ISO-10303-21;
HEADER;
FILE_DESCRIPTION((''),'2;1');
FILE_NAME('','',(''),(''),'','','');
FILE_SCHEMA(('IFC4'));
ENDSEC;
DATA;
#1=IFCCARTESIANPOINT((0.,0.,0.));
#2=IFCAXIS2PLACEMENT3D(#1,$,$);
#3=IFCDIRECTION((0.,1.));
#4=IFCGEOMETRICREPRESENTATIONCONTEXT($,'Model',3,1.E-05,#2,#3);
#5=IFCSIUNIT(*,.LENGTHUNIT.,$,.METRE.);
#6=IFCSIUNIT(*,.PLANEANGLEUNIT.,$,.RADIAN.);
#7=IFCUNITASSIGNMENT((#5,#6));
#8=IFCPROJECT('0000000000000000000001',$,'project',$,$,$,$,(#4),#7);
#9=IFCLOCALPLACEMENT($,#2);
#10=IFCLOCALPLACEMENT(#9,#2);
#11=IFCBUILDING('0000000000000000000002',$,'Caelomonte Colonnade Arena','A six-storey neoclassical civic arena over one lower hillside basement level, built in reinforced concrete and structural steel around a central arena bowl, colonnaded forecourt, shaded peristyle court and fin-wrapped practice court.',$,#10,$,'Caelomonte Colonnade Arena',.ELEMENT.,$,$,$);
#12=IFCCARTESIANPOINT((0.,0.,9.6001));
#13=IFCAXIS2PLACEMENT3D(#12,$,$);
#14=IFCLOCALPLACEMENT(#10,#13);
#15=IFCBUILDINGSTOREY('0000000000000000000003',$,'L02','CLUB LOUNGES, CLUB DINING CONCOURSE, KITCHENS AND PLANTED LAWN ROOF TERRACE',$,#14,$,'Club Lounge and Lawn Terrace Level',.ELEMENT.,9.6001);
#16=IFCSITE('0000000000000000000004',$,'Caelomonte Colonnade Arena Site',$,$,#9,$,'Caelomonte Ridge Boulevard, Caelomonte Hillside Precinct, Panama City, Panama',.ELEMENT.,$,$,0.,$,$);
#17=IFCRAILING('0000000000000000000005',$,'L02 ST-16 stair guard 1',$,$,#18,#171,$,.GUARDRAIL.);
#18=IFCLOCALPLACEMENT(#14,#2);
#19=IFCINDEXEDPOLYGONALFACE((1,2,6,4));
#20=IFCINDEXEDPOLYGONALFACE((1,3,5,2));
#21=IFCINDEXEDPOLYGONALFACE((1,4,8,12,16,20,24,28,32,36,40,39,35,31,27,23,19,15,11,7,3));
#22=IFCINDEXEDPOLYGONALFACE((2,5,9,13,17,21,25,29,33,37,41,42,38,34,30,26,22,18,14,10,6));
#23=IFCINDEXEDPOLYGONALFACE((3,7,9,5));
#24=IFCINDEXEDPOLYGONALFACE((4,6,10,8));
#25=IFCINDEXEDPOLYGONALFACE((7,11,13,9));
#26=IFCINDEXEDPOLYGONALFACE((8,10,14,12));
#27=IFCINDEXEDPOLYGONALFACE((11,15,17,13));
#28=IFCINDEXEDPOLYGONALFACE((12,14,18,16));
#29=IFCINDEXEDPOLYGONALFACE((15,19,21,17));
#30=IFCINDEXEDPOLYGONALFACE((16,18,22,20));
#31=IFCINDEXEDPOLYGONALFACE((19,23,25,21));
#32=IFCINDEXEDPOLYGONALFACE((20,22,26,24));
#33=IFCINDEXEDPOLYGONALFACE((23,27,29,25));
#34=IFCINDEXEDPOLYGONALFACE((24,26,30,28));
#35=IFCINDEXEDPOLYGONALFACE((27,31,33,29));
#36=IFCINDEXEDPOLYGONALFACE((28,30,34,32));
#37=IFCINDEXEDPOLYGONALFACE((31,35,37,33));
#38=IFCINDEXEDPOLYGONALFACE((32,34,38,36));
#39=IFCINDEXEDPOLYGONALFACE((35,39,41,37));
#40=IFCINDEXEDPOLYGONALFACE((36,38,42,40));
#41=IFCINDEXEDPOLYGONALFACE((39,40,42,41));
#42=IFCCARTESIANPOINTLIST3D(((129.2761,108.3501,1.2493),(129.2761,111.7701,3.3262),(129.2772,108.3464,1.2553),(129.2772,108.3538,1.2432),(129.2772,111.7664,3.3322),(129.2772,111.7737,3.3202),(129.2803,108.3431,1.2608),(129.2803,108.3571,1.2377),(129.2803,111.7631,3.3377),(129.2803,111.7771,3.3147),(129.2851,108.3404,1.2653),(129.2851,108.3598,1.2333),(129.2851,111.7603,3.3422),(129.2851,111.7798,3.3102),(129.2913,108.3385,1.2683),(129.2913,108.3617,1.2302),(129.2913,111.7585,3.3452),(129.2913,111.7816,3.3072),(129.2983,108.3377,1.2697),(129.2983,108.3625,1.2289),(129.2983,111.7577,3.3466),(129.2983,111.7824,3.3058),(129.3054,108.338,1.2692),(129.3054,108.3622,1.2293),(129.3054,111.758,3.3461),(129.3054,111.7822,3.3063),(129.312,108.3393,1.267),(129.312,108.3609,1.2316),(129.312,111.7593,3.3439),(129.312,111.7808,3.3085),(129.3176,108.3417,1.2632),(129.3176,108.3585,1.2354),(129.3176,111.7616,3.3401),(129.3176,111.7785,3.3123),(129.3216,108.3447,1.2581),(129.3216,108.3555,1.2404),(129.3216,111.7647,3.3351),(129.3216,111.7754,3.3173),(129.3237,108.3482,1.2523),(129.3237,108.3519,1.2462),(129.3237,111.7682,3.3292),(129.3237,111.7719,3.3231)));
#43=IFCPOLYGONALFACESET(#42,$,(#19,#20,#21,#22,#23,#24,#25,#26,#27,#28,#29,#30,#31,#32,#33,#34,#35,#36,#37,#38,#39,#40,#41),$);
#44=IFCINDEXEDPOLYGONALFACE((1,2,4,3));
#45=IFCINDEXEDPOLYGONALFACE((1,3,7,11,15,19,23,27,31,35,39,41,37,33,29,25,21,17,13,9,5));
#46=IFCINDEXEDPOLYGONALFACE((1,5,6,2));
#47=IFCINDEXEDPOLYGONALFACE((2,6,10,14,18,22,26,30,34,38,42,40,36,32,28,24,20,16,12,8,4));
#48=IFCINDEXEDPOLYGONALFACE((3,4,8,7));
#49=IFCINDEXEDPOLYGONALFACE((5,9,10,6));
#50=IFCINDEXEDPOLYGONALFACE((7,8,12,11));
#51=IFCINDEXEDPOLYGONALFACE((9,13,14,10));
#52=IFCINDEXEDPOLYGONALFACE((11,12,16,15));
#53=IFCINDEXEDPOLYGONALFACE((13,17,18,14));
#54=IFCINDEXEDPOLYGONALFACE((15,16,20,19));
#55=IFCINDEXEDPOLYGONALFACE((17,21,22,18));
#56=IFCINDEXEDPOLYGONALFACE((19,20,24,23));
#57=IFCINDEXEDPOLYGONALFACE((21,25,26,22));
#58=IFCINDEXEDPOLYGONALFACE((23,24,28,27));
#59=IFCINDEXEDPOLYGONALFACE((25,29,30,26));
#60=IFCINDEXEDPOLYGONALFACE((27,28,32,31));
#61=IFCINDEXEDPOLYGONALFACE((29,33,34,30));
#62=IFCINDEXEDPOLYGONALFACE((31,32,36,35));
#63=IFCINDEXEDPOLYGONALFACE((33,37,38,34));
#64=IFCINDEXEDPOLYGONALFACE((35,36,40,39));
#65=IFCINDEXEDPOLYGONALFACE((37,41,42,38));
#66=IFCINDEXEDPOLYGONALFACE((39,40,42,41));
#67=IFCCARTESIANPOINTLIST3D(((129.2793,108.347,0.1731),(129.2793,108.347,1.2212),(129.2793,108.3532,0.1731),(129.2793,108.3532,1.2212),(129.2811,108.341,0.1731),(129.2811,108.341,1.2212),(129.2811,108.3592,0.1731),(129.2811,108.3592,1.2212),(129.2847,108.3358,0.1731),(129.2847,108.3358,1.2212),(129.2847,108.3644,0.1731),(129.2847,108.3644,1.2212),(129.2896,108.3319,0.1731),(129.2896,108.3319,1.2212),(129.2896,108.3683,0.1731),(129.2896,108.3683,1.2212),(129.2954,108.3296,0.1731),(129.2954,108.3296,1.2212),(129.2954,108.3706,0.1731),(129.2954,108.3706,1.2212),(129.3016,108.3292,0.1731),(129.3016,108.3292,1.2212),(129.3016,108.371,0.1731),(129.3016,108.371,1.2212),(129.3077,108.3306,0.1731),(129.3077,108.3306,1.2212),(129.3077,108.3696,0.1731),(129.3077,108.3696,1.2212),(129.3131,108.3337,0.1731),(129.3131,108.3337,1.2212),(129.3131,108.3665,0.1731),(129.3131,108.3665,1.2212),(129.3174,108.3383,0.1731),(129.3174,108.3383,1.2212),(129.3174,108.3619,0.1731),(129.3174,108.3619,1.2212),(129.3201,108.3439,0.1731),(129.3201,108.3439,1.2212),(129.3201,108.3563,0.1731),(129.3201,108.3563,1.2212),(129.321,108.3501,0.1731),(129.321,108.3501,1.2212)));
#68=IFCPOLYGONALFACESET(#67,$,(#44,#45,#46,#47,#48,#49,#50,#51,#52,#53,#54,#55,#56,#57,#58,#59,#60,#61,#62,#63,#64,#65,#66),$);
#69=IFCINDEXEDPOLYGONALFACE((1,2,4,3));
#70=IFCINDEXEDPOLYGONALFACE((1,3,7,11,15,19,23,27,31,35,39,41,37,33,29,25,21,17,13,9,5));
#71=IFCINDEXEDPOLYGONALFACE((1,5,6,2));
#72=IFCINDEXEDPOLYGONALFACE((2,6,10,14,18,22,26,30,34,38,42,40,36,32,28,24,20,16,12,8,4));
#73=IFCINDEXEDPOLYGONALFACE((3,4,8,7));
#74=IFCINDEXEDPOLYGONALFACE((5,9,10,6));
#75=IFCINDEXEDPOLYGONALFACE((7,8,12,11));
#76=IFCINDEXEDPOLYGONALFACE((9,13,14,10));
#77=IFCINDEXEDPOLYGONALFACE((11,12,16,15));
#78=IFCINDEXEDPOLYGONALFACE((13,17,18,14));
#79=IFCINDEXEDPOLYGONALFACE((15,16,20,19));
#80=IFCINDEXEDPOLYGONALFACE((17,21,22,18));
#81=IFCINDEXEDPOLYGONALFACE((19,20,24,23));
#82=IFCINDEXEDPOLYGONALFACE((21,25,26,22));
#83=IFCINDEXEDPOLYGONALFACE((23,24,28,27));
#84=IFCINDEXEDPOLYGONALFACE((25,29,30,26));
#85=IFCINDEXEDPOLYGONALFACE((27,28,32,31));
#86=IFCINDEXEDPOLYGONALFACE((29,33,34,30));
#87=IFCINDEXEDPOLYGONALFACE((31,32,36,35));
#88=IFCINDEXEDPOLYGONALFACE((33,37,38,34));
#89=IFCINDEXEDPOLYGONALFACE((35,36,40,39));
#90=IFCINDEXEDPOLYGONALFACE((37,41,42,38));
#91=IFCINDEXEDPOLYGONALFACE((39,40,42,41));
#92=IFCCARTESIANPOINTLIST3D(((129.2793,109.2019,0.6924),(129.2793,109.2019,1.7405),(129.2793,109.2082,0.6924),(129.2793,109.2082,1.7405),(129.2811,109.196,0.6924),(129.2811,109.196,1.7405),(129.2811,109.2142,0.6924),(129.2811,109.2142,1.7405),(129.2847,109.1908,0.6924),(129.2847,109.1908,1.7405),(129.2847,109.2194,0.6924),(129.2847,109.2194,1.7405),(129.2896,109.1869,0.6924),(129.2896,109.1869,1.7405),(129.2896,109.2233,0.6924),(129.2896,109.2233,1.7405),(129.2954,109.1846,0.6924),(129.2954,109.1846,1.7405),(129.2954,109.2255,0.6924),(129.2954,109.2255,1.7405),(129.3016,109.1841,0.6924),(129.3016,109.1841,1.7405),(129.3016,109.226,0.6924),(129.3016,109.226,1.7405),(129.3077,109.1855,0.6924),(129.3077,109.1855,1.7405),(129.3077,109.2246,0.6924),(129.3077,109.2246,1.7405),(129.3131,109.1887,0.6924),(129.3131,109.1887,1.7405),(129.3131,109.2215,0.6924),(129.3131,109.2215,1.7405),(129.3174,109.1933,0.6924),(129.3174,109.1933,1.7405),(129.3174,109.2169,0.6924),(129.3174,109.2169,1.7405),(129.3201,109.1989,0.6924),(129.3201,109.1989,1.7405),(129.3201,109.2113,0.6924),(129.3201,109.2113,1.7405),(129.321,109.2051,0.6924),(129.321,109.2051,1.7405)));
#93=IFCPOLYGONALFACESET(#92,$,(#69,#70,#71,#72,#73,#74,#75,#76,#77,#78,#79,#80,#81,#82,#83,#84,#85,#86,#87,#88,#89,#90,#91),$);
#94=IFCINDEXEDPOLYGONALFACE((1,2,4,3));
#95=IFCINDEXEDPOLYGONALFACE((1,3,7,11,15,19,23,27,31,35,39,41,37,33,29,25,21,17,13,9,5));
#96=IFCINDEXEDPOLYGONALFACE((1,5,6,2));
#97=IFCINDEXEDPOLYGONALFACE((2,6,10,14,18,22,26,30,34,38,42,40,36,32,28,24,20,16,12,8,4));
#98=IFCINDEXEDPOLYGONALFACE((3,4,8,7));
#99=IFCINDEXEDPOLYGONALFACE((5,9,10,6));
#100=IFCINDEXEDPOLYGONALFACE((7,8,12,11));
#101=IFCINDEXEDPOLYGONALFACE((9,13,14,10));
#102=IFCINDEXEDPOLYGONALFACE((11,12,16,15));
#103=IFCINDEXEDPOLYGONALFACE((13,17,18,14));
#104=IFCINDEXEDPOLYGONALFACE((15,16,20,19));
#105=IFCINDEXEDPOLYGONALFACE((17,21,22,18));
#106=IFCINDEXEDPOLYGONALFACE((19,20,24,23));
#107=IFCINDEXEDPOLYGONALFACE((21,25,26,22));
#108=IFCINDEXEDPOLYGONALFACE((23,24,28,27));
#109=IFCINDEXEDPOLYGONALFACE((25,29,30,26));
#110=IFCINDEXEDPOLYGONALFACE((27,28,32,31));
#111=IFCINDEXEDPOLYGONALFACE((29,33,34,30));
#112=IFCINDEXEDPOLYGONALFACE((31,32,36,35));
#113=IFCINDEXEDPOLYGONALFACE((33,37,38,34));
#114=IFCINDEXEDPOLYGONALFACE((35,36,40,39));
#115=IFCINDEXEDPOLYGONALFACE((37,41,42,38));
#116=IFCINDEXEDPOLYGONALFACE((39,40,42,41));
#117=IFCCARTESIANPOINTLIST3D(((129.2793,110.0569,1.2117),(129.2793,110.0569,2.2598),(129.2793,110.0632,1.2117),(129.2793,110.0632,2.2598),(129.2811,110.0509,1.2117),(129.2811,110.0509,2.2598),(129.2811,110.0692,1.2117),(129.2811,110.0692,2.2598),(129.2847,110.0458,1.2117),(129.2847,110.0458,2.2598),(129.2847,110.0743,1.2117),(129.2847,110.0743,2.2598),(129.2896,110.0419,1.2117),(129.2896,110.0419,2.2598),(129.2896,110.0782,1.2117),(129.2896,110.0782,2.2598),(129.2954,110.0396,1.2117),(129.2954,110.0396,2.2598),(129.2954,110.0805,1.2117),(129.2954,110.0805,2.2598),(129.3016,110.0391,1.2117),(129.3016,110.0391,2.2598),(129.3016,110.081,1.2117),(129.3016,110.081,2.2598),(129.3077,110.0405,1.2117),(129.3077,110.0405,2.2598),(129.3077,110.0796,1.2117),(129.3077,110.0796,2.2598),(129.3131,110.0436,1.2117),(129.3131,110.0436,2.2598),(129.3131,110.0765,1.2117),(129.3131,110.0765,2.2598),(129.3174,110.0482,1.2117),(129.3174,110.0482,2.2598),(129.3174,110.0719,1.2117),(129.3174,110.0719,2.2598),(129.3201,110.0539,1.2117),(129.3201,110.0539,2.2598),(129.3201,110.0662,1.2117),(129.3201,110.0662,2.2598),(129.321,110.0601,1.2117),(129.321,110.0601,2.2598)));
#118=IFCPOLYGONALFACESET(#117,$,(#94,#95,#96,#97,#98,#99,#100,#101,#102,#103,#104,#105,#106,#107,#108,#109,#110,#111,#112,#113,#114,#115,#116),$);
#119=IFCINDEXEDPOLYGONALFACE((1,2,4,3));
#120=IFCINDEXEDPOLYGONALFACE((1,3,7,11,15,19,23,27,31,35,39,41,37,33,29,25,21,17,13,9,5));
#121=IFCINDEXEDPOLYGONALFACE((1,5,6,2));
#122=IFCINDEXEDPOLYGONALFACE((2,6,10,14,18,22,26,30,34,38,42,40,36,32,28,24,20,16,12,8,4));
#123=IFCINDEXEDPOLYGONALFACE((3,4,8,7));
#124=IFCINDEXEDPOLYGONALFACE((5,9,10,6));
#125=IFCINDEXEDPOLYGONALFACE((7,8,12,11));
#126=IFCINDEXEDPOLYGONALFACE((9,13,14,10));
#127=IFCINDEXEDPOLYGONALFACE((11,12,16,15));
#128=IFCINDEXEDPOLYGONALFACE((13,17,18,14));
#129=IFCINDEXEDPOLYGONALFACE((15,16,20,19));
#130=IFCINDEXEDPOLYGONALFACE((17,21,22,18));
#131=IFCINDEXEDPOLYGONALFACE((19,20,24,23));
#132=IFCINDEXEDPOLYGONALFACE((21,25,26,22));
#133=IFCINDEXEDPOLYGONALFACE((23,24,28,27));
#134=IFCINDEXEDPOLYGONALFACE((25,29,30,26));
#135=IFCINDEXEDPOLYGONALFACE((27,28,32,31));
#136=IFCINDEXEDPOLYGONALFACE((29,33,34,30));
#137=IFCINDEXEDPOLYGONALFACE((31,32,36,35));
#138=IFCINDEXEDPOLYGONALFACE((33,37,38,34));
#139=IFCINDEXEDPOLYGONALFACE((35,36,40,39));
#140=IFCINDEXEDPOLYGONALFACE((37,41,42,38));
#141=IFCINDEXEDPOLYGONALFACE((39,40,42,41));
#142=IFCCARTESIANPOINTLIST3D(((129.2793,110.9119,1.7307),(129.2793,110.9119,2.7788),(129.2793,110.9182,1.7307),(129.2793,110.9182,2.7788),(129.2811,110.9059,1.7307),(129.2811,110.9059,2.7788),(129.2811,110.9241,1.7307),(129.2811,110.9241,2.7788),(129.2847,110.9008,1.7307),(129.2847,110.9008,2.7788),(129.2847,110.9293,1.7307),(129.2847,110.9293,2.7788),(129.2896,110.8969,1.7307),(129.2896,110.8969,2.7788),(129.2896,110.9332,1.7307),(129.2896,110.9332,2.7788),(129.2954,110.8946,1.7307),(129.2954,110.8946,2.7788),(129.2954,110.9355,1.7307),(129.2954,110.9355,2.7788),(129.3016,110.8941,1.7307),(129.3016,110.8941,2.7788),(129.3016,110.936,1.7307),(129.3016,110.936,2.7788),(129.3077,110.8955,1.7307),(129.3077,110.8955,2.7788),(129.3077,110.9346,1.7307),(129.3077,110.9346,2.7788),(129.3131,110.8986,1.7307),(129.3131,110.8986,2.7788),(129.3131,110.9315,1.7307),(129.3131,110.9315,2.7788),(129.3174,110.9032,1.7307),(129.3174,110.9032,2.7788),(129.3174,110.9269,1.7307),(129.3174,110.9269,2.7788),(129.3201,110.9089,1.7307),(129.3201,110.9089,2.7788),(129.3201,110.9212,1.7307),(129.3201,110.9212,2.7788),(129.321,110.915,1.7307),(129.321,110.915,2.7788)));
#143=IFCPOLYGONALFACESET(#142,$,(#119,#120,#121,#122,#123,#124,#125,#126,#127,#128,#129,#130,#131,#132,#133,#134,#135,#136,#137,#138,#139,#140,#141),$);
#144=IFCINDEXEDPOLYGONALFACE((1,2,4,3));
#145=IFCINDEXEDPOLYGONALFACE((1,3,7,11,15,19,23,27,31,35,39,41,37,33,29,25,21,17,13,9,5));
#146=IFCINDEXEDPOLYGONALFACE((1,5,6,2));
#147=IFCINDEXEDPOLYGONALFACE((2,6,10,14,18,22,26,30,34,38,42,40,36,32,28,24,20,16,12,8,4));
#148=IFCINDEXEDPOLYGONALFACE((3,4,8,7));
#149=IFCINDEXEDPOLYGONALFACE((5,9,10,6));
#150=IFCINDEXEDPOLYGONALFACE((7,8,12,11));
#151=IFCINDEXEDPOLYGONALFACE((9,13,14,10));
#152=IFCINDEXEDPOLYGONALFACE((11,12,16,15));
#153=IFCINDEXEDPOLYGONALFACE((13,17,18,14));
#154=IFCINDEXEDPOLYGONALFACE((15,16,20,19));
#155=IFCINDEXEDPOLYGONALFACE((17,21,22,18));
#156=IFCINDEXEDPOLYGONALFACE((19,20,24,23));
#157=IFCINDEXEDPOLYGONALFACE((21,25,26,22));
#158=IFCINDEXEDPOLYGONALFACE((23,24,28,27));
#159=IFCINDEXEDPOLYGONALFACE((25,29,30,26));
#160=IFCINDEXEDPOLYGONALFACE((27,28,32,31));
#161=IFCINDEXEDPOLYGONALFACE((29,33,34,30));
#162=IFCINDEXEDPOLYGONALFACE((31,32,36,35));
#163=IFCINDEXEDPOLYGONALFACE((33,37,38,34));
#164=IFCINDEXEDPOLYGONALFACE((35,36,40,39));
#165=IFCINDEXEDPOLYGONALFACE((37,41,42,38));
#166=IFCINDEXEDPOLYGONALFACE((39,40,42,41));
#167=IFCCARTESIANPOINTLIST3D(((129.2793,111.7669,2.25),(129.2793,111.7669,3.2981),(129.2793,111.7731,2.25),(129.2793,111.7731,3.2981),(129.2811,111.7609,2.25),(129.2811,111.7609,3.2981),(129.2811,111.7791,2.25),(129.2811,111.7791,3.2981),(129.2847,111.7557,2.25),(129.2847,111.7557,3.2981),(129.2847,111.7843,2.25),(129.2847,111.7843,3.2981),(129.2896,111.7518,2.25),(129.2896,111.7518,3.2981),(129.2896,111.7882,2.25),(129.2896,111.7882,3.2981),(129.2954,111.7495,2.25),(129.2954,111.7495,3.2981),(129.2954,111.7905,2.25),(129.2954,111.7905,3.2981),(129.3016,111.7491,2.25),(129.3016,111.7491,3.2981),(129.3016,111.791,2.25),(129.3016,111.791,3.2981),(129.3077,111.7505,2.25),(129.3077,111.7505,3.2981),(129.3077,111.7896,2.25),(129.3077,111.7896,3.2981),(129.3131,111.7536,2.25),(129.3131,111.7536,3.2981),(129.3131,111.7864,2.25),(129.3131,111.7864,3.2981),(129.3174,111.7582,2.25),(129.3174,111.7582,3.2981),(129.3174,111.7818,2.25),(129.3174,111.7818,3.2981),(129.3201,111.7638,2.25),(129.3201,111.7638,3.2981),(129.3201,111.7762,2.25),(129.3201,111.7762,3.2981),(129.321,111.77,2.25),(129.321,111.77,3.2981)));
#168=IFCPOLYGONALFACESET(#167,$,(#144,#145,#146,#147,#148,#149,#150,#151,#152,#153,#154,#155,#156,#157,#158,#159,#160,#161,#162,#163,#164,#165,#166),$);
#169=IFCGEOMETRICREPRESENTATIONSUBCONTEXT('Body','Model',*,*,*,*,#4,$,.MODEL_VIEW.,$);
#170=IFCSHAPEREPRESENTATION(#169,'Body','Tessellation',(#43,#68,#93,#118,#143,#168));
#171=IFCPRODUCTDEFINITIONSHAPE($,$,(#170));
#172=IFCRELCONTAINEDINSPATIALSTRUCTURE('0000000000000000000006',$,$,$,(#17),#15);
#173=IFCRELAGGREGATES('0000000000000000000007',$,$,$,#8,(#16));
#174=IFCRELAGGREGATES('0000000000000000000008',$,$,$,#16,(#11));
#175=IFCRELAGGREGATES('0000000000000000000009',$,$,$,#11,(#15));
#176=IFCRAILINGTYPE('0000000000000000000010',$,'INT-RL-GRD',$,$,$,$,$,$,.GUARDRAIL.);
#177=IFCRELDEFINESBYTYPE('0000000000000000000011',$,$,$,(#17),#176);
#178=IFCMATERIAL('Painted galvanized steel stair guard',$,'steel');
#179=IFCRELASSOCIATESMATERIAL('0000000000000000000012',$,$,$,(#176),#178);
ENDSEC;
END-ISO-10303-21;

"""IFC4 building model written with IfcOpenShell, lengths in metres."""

from ifc_helpers import new_model, si_unit, direction, frame, origin, origin_2d, place, context, subcontext, project, spatial, circle, extrude, material, type_object, element, save


model = new_model("IFC4")

# Units and contexts
model_context = context("Model", 3, precision=1e-05, world=origin(), true_north=direction((0.0, 1.0)))
body_context = subcontext(model_context, "Body", "Model", "MODEL_VIEW")
ifc_project = project(units=[si_unit("LENGTHUNIT", "METRE"), si_unit("PLANEANGLEUNIT", "RADIAN")], contexts=[model_context])

# Site, building, storey
site_placement = place(None, origin())
site = spatial("IfcSite", under=ifc_project, at=site_placement, Name="Caelomonte Colonnade Arena Site", LongName="Caelomonte Ridge Boulevard, Caelomonte Hillside Precinct, Panama City, Panama", CompositionType="ELEMENT", RefElevation=0.0)
building_placement = place(site_placement, origin())
building = spatial("IfcBuilding", under=site, at=building_placement, Name="Caelomonte Colonnade Arena", Description="A six-storey neoclassical civic arena over one lower hillside basement level, built in reinforced concrete and structural steel around a central arena bowl, colonnaded forecourt, shaded peristyle court and fin-wrapped practice court.", LongName="Caelomonte Colonnade Arena", CompositionType="ELEMENT")
storey_placement = place(building_placement, frame((0.0, 0.0, 9.6001)))
storey = spatial("IfcBuildingStorey", under=building, at=storey_placement, Name="L02", Description="CLUB LOUNGES, CLUB DINING CONCOURSE, KITCHENS AND PLANTED LAWN ROOF TERRACE", LongName="Club Lounge and Lawn Terrace Level", CompositionType="ELEMENT", Elevation=9.6001)

# Railing
ifc_material_1 = material(Name="Painted galvanized steel stair guard", Category="steel")
railing_type_1 = type_object("IfcRailingType", Name="INT-RL-GRD", PredefinedType="GUARDRAIL", material=ifc_material_1)
railing_1_placement = place(storey_placement, frame((129.3, 108.3501, 0.1731)))
element("IfcRailing", 1, at=railing_1_placement, inside=storey, type_object=railing_type_1, Name="L02 ST-16 stair guard 1", PredefinedType="GUARDRAIL", context=body_context, shape_type="SweptSolid", body=[
    extrude(circle(Radius=0.0239, at=origin_2d()), frame((0.0, 0.0, 1.0762), z_axis=(0.0, 0.85473, 0.519074), x_axis=(-1.0, 0.0, 0.0)), (0.0, 0.0, 1.0), 4.0012),
    extrude(circle(Radius=0.021, at=origin_2d()), origin(), (0.0, 0.0, 1.0), 1.0481),
    extrude(circle(Radius=0.021, at=origin_2d()), frame((0.0, 0.855, 0.5193)), (0.0, 0.0, 1.0), 1.0481),
    extrude(circle(Radius=0.021, at=origin_2d()), frame((0.0, 1.71, 1.0386)), (0.0, 0.0, 1.0), 1.0481),
    extrude(circle(Radius=0.021, at=origin_2d()), frame((0.0, 2.5649, 1.5576)), (0.0, 0.0, 1.0), 1.0481),
    extrude(circle(Radius=0.021, at=origin_2d()), frame((0.0, 3.4199, 2.0769)), (0.0, 0.0, 1.0), 1.0481),
])

save(model, "model.ifc")
